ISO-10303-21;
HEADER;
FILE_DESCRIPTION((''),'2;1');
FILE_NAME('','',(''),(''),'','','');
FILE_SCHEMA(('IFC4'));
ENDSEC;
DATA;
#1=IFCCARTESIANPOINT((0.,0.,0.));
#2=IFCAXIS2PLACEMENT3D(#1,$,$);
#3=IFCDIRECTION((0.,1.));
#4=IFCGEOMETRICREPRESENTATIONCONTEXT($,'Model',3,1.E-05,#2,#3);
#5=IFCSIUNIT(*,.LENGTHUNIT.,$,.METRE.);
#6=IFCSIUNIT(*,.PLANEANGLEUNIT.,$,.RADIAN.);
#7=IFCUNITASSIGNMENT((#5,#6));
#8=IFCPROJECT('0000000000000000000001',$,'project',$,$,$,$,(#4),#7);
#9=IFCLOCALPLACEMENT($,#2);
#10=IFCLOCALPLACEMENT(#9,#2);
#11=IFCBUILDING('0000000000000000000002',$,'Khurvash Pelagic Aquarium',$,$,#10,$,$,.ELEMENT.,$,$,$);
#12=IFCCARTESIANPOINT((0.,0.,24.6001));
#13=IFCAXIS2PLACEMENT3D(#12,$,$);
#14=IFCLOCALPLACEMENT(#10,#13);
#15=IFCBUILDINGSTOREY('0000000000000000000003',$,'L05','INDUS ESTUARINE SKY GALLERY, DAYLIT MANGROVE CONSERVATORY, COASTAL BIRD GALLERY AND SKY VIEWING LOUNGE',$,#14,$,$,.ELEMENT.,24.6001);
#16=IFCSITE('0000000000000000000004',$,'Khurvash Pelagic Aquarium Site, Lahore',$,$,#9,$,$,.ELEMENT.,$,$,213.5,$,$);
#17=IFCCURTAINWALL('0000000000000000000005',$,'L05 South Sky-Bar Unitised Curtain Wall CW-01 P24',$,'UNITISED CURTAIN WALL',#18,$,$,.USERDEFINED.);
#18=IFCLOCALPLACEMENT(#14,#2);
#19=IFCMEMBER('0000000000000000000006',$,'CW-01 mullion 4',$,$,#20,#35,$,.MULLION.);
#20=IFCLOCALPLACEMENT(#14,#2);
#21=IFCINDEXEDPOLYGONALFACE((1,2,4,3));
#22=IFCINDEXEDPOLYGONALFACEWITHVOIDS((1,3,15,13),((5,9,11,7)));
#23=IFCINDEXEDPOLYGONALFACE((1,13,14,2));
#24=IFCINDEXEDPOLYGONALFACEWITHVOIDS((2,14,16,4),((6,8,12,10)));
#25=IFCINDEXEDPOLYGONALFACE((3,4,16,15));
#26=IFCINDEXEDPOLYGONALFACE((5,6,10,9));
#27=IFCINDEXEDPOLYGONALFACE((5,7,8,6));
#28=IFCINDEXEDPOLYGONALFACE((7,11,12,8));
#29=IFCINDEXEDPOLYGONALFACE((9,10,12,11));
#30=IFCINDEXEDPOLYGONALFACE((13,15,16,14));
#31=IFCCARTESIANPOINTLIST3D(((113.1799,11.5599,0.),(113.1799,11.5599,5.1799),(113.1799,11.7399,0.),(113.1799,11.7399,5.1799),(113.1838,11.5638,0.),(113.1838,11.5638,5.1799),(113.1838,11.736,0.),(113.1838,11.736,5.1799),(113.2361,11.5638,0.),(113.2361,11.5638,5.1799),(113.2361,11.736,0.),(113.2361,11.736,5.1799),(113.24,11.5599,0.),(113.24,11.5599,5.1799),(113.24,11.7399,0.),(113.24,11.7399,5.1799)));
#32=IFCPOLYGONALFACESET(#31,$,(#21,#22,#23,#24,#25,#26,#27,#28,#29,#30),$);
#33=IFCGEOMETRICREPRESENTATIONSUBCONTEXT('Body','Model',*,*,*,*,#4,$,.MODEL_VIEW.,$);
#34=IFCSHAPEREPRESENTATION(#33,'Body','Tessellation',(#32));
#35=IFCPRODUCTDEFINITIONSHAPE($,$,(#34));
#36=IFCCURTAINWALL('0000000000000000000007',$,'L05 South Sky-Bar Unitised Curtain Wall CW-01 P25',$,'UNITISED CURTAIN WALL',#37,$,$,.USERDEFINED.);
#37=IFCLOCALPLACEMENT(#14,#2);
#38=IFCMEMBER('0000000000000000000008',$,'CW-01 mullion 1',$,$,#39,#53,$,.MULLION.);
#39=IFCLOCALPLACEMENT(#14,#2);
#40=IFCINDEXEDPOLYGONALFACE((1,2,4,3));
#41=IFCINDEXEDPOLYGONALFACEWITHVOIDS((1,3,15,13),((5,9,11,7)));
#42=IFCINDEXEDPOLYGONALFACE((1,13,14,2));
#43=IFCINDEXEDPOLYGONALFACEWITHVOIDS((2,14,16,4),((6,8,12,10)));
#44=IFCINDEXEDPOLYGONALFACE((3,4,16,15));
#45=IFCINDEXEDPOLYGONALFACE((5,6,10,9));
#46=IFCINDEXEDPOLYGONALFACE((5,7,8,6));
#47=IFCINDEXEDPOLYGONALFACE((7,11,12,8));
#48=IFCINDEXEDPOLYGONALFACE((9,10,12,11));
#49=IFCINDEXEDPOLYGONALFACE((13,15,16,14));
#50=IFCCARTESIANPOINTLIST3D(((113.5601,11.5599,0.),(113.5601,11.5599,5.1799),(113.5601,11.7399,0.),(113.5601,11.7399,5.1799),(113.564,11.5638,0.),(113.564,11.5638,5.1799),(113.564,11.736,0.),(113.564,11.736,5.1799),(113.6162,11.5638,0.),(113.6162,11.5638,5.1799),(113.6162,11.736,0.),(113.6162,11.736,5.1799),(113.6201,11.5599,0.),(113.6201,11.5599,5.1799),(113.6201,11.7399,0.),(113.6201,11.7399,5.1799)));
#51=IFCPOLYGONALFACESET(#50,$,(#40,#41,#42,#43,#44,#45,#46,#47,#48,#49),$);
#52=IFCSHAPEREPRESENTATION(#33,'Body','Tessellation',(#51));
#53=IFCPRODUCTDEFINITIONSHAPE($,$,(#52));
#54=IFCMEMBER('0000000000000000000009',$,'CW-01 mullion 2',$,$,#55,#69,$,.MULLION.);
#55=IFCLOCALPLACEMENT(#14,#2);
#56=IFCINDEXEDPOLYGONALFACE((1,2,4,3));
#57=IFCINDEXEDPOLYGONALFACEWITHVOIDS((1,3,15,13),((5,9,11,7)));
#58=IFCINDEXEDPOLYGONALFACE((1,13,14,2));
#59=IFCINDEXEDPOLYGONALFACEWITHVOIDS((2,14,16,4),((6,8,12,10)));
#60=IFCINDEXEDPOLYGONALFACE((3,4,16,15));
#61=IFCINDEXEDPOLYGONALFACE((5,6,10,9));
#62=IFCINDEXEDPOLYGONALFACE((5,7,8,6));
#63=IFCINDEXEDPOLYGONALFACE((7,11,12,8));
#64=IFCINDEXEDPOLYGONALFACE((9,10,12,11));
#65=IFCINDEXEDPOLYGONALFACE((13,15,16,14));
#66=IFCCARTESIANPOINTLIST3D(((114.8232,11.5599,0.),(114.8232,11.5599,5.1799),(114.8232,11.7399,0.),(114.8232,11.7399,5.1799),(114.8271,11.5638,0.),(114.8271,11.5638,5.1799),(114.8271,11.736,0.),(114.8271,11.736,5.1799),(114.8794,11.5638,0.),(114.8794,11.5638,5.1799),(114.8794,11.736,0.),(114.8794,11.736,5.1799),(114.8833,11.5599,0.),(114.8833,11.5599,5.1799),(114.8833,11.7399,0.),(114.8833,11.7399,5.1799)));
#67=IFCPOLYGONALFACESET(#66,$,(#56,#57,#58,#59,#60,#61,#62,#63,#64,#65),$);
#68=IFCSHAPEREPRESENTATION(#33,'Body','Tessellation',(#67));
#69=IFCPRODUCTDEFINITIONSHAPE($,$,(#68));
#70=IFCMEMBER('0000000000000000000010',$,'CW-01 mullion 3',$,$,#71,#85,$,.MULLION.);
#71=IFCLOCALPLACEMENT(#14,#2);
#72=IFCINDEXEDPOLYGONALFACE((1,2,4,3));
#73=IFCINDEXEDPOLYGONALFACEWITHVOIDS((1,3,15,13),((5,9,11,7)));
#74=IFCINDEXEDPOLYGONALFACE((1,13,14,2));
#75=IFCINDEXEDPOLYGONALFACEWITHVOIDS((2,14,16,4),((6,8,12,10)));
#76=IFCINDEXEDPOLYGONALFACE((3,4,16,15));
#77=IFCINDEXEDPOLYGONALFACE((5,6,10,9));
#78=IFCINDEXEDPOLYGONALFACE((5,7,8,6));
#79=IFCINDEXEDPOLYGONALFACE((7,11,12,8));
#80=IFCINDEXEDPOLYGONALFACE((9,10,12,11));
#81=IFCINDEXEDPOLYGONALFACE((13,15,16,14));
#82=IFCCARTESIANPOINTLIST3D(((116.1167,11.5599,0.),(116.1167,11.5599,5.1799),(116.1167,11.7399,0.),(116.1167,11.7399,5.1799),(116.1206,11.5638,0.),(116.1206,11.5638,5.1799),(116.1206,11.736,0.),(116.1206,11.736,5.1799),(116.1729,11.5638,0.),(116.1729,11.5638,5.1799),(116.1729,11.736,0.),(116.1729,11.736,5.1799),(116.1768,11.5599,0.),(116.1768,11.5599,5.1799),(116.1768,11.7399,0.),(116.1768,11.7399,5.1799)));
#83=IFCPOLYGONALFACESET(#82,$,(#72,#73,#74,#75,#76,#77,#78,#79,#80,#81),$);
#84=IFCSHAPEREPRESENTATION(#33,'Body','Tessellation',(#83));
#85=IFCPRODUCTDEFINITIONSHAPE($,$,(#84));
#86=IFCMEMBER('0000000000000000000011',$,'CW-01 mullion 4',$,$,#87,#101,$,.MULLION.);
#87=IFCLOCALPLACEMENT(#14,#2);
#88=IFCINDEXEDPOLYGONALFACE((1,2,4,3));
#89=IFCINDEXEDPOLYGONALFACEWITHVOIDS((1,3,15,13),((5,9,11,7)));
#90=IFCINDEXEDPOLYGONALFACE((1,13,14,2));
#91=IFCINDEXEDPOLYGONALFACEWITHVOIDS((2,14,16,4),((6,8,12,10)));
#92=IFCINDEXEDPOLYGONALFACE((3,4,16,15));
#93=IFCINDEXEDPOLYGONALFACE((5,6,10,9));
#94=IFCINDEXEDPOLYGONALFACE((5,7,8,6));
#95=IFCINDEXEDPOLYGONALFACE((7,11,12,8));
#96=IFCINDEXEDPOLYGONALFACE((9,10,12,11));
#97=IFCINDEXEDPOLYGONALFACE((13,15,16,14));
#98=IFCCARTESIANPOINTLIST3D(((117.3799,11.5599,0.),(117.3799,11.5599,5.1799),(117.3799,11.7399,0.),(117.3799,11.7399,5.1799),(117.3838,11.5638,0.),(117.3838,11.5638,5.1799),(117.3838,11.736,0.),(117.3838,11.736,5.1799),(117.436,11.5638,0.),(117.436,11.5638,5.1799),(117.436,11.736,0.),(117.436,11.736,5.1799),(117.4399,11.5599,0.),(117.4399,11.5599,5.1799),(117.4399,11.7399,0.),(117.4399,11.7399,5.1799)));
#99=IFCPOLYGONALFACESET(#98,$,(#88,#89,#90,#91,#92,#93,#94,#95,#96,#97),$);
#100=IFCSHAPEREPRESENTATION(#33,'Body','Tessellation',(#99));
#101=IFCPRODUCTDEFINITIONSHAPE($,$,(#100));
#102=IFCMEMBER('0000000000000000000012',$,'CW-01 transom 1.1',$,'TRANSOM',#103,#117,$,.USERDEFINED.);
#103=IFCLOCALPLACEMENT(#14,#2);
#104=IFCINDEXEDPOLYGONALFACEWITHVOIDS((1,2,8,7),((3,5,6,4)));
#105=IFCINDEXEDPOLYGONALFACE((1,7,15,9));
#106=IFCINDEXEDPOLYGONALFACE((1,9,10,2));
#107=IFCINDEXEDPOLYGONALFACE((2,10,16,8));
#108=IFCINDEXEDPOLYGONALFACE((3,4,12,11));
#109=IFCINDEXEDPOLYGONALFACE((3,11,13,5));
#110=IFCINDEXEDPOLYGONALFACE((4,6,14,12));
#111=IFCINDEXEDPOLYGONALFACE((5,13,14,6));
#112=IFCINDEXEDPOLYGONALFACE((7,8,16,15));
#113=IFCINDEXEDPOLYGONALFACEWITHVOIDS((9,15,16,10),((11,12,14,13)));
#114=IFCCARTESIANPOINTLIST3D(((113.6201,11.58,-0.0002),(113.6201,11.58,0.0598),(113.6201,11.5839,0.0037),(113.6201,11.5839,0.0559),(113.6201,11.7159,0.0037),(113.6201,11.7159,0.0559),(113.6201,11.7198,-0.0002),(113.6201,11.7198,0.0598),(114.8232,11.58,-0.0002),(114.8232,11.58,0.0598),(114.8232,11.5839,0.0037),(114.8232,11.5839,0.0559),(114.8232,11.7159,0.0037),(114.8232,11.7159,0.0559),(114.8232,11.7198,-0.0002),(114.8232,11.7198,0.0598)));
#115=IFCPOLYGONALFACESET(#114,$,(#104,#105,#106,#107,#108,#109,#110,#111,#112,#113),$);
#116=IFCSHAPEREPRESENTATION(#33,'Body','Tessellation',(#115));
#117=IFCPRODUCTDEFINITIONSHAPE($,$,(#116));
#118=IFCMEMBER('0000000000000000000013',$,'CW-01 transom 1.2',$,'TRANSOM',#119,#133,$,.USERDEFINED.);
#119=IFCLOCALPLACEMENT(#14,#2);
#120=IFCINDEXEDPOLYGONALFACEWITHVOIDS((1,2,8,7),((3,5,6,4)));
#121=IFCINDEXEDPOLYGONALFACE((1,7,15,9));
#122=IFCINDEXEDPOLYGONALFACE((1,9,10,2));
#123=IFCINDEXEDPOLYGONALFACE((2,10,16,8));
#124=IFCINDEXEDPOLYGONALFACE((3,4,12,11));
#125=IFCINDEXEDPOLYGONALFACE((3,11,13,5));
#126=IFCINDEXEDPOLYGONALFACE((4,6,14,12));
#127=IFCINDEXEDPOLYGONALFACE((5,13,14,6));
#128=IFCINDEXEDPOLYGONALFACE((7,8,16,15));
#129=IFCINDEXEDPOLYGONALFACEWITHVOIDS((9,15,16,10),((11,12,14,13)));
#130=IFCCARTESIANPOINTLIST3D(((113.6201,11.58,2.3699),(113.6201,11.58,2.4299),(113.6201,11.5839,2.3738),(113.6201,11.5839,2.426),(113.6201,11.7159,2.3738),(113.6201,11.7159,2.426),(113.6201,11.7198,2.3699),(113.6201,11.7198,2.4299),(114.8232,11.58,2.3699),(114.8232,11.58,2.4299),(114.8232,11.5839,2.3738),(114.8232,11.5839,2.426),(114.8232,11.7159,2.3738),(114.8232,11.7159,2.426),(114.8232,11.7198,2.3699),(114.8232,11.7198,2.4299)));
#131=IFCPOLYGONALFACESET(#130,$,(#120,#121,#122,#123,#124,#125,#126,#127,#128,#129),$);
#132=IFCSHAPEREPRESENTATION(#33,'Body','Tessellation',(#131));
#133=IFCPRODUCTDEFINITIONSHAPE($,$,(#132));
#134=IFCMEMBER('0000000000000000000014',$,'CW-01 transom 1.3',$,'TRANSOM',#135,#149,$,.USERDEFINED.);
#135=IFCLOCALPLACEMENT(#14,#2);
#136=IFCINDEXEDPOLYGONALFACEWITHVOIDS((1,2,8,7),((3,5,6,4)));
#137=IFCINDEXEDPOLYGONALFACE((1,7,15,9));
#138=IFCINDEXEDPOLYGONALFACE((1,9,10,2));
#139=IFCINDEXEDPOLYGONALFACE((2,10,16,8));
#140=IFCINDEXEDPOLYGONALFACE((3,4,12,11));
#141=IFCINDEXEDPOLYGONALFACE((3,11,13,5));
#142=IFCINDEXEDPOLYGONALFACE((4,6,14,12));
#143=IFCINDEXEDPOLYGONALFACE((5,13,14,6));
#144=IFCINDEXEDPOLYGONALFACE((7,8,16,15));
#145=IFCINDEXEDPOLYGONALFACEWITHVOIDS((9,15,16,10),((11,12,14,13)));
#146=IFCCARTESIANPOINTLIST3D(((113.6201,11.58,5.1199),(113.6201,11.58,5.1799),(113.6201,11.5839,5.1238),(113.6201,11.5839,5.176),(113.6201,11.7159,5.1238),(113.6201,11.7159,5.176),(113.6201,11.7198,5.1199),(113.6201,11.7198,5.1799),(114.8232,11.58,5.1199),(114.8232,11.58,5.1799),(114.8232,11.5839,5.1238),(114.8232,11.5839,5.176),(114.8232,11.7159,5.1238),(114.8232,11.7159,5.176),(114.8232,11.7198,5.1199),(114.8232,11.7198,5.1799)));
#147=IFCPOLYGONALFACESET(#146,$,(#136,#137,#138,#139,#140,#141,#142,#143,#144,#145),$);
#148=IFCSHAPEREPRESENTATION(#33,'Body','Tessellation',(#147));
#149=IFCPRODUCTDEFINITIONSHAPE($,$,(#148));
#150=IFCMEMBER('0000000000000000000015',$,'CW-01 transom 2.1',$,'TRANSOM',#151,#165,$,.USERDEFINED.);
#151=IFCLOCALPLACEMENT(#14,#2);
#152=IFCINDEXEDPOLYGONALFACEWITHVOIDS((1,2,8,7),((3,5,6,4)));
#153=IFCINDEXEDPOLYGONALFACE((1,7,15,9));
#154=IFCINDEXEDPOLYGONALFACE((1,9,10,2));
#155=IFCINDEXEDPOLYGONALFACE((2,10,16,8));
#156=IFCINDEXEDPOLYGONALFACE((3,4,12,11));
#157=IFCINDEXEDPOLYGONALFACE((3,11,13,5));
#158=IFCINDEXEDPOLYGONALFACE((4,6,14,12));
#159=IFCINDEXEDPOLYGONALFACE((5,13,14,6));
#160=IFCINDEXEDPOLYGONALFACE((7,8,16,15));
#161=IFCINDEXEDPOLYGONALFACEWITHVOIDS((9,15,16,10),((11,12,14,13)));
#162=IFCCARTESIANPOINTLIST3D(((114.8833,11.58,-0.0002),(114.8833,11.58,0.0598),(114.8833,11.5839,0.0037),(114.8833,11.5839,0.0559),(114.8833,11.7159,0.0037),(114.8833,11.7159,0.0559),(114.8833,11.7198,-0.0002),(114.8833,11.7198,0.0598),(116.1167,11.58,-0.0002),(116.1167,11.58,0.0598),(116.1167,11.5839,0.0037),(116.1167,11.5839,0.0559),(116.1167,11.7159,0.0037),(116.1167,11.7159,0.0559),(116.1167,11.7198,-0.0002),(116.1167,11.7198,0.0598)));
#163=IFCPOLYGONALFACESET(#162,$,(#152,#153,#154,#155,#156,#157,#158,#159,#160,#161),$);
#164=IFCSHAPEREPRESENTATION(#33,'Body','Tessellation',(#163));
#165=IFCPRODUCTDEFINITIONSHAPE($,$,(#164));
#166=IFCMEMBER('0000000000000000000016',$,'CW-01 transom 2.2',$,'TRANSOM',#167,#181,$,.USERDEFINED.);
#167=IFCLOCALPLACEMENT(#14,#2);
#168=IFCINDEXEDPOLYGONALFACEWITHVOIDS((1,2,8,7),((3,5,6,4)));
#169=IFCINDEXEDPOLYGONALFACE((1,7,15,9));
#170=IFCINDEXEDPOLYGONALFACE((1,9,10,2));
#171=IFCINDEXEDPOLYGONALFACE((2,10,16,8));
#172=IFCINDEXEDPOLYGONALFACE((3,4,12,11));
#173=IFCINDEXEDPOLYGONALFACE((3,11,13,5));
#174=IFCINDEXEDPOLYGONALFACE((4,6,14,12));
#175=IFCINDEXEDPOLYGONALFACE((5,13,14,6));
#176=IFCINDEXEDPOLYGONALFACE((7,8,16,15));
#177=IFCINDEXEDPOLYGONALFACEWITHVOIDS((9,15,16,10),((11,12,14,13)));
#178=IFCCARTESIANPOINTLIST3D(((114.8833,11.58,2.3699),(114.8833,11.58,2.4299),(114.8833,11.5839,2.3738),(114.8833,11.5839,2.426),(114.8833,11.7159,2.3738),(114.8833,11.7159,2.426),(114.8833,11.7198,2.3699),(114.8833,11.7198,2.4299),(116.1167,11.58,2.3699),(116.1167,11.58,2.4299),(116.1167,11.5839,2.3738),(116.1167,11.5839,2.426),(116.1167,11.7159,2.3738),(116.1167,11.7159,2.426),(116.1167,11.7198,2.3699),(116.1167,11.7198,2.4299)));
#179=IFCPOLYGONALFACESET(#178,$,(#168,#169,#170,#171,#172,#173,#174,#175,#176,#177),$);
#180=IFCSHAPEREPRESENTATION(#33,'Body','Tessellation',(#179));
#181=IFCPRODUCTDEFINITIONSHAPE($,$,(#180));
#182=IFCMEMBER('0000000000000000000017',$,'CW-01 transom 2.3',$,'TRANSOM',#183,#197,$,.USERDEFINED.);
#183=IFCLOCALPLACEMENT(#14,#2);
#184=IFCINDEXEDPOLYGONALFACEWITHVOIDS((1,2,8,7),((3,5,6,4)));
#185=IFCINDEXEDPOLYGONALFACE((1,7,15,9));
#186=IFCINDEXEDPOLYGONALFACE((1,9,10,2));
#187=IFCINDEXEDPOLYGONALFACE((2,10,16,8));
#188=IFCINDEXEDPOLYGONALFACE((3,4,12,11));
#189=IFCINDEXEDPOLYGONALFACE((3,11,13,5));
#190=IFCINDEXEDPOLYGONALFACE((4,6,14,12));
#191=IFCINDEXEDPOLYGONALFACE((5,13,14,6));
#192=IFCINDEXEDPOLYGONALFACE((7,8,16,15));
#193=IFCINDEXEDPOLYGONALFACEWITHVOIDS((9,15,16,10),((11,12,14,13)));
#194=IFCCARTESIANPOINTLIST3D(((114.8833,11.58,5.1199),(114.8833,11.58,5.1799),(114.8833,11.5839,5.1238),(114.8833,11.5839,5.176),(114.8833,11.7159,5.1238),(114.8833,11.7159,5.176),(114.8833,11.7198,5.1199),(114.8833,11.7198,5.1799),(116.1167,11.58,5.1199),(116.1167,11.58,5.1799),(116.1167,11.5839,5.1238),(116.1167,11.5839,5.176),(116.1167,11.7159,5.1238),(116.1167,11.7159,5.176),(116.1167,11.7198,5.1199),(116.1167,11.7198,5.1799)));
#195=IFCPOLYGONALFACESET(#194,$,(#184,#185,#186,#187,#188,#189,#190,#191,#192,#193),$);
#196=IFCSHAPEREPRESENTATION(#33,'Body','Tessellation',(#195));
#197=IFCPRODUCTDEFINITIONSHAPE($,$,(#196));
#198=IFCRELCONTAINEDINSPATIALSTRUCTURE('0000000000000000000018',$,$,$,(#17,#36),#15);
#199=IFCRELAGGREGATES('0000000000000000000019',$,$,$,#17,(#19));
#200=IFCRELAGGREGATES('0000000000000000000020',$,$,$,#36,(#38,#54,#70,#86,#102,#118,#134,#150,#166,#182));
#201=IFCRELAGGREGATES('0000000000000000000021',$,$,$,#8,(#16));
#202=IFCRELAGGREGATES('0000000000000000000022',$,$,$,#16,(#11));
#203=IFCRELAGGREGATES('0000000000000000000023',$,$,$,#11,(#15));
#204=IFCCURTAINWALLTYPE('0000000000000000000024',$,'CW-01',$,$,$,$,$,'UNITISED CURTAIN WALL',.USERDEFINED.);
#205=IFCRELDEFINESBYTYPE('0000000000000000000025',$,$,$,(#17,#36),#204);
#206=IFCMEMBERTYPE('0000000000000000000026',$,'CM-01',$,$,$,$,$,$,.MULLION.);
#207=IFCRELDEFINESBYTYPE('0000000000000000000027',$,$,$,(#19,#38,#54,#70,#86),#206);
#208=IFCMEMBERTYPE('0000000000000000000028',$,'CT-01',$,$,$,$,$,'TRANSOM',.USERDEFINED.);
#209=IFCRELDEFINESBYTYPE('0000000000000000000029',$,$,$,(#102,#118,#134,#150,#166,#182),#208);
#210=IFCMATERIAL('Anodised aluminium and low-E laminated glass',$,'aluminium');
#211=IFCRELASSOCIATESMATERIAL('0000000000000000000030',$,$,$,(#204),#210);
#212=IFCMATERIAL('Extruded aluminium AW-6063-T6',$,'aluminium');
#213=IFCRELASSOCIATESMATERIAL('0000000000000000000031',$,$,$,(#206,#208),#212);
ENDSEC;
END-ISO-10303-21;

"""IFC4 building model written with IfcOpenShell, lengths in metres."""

from ifc_helpers import new_model, si_unit, direction, frame, origin, origin_2d, place, context, subcontext, project, spatial, hollow_rectangle, extrude, material, material_profile, profile_set, type_object, element, aggregate, save


model = new_model("IFC4")

# Units and contexts
model_context = context("Model", 3, precision=1e-05, world=origin(), true_north=direction((0.0, 1.0)))
body_context = subcontext(model_context, "Body", "Model", "MODEL_VIEW")
ifc_project = project(units=[si_unit("LENGTHUNIT", "METRE"), si_unit("PLANEANGLEUNIT", "RADIAN")], contexts=[model_context])

# Site, building, storey
site_placement = place(None, origin())
site = spatial("IfcSite", under=ifc_project, at=site_placement, Name="Khurvash Pelagic Aquarium Site, Lahore", CompositionType="ELEMENT", RefElevation=213.5)
building_placement = place(site_placement, origin())
building = spatial("IfcBuilding", under=site, at=building_placement, Name="Khurvash Pelagic Aquarium", CompositionType="ELEMENT")
storey_placement = place(building_placement, frame((0.0, 0.0, 24.6001)))
storey = spatial("IfcBuildingStorey", under=building, at=storey_placement, Name="L05", Description="INDUS ESTUARINE SKY GALLERY, DAYLIT MANGROVE CONSERVATORY, COASTAL BIRD GALLERY AND SKY VIEWING LOUNGE", CompositionType="ELEMENT", Elevation=24.6001)

# Curtain wall, member
ifc_material_1 = material(Name="Anodised aluminium and low-E laminated glass", Category="aluminium")
curtain_wall_type = type_object("IfcCurtainWallType", Name="CW-01", ElementType="UNITISED CURTAIN WALL", PredefinedType="USERDEFINED", material=ifc_material_1)
curtain_wall_1_placement = place(storey_placement, origin())
curtain_wall_1 = element("IfcCurtainWall", 1, at=curtain_wall_1_placement, inside=storey, type_object=curtain_wall_type, Name="L05 South Sky-Bar Unitised Curtain Wall CW-01 P24", ObjectType="UNITISED CURTAIN WALL", PredefinedType="USERDEFINED")
ifc_material_2 = material(Name="Extruded aluminium AW-6063-T6", Category="aluminium")
ifc_material_profile_1 = material_profile(ifc_material_2, hollow_rectangle(XDim=0.0601, YDim=0.1799, WallThickness=0.0039, at=origin_2d()), Name="CWM60X180X4")
ifc_profile_set_1 = profile_set([ifc_material_profile_1], Name="Extruded aluminium AW-6063-T6")
member_type_1 = type_object("IfcMemberType", Name="CM-01", PredefinedType="MULLION", material=ifc_profile_set_1)
member_1_placement = place(storey_placement, frame((113.21, 11.6499, 0.0), z_axis=(0.0, 0.0, 1.0), x_axis=(1.0, 0.0, 0.0)))
member_1 = element("IfcMember", 2, at=member_1_placement, type_object=member_type_1, Name="CW-01 mullion 4", PredefinedType="MULLION", context=body_context, shape_type="SweptSolid", body=[
    extrude(hollow_rectangle(XDim=0.0601, YDim=0.1799, WallThickness=0.0039, at=origin_2d()), origin(), (0.0, 0.0, 1.0), 5.1799),
])

# Curtain wall, members
curtain_wall_2_placement = place(storey_placement, origin())
curtain_wall_2 = element("IfcCurtainWall", 3, at=curtain_wall_2_placement, inside=storey, type_object=curtain_wall_type, Name="L05 South Sky-Bar Unitised Curtain Wall CW-01 P25", ObjectType="UNITISED CURTAIN WALL", PredefinedType="USERDEFINED")
member_2_placement = place(storey_placement, frame((113.5901, 11.6499, 0.0), z_axis=(0.0, 0.0, 1.0), x_axis=(1.0, 0.0, 0.0)))
member_2 = element("IfcMember", 4, at=member_2_placement, type_object=member_type_1, Name="CW-01 mullion 1", PredefinedType="MULLION", context=body_context, shape_type="SweptSolid", body=[
    extrude(hollow_rectangle(XDim=0.0601, YDim=0.1799, WallThickness=0.0039, at=origin_2d()), origin(), (0.0, 0.0, 1.0), 5.1799),
])
member_3_placement = place(storey_placement, frame((114.8533, 11.6499, 0.0), z_axis=(0.0, 0.0, 1.0), x_axis=(1.0, 0.0, 0.0)))
member_3 = element("IfcMember", 5, at=member_3_placement, type_object=member_type_1, Name="CW-01 mullion 2", PredefinedType="MULLION", context=body_context, shape_type="SweptSolid", body=[
    extrude(hollow_rectangle(XDim=0.0601, YDim=0.1799, WallThickness=0.0039, at=origin_2d()), origin(), (0.0, 0.0, 1.0), 5.1799),
])
member_4_placement = place(storey_placement, frame((116.1467, 11.6499, 0.0), z_axis=(0.0, 0.0, 1.0), x_axis=(1.0, 0.0, 0.0)))
member_4 = element("IfcMember", 6, at=member_4_placement, type_object=member_type_1, Name="CW-01 mullion 3", PredefinedType="MULLION", context=body_context, shape_type="SweptSolid", body=[
    extrude(hollow_rectangle(XDim=0.0601, YDim=0.1799, WallThickness=0.0039, at=origin_2d()), origin(), (0.0, 0.0, 1.0), 5.1799),
])
member_5_placement = place(storey_placement, frame((117.4099, 11.6499, 0.0), z_axis=(0.0, 0.0, 1.0), x_axis=(1.0, 0.0, 0.0)))
member_5 = element("IfcMember", 7, at=member_5_placement, type_object=member_type_1, Name="CW-01 mullion 4", PredefinedType="MULLION", context=body_context, shape_type="SweptSolid", body=[
    extrude(hollow_rectangle(XDim=0.0601, YDim=0.1799, WallThickness=0.0039, at=origin_2d()), origin(), (0.0, 0.0, 1.0), 5.1799),
])
ifc_material_profile_2 = material_profile(ifc_material_2, hollow_rectangle(XDim=0.1399, YDim=0.0601, WallThickness=0.0039, at=origin_2d()), Name="CWT140X60X4")
ifc_profile_set_2 = profile_set([ifc_material_profile_2], Name="Extruded aluminium AW-6063-T6")
member_type_2 = type_object("IfcMemberType", Name="CT-01", ElementType="TRANSOM", PredefinedType="USERDEFINED", material=ifc_profile_set_2)
member_6_placement = place(storey_placement, frame((113.6201, 11.6499, 0.0298), z_axis=(1.0, 0.0, 0.0), x_axis=(0.0, 1.0, 0.0)))
member_6 = element("IfcMember", 8, at=member_6_placement, type_object=member_type_2, Name="CW-01 transom 1.1", ObjectType="TRANSOM", PredefinedType="USERDEFINED", context=body_context, shape_type="SweptSolid", body=[
    extrude(hollow_rectangle(XDim=0.1399, YDim=0.0601, WallThickness=0.0039, at=origin_2d()), origin(), (0.0, 0.0, 1.0), 1.2031),
])
member_7_placement = place(storey_placement, frame((113.6201, 11.6499, 2.3999), z_axis=(1.0, 0.0, 0.0), x_axis=(0.0, 1.0, 0.0)))
member_7 = element("IfcMember", 9, at=member_7_placement, type_object=member_type_2, Name="CW-01 transom 1.2", ObjectType="TRANSOM", PredefinedType="USERDEFINED", context=body_context, shape_type="SweptSolid", body=[
    extrude(hollow_rectangle(XDim=0.1399, YDim=0.0601, WallThickness=0.0039, at=origin_2d()), origin(), (0.0, 0.0, 1.0), 1.2031),
])
member_8_placement = place(storey_placement, frame((113.6201, 11.6499, 5.1499), z_axis=(1.0, 0.0, 0.0), x_axis=(0.0, 1.0, 0.0)))
member_8 = element("IfcMember", 10, at=member_8_placement, type_object=member_type_2, Name="CW-01 transom 1.3", ObjectType="TRANSOM", PredefinedType="USERDEFINED", context=body_context, shape_type="SweptSolid", body=[
    extrude(hollow_rectangle(XDim=0.1399, YDim=0.0601, WallThickness=0.0039, at=origin_2d()), origin(), (0.0, 0.0, 1.0), 1.2031),
])
member_9_placement = place(storey_placement, frame((114.8833, 11.6499, 0.0298), z_axis=(1.0, 0.0, 0.0), x_axis=(0.0, 1.0, 0.0)))
member_9 = element("IfcMember", 11, at=member_9_placement, type_object=member_type_2, Name="CW-01 transom 2.1", ObjectType="TRANSOM", PredefinedType="USERDEFINED", context=body_context, shape_type="SweptSolid", body=[
    extrude(hollow_rectangle(XDim=0.1399, YDim=0.0601, WallThickness=0.0039, at=origin_2d()), origin(), (0.0, 0.0, 1.0), 1.2334),
])
member_10_placement = place(storey_placement, frame((114.8833, 11.6499, 2.3999), z_axis=(1.0, 0.0, 0.0), x_axis=(0.0, 1.0, 0.0)))
member_10 = element("IfcMember", 12, at=member_10_placement, type_object=member_type_2, Name="CW-01 transom 2.2", ObjectType="TRANSOM", PredefinedType="USERDEFINED", context=body_context, shape_type="SweptSolid", body=[
    extrude(hollow_rectangle(XDim=0.1399, YDim=0.0601, WallThickness=0.0039, at=origin_2d()), origin(), (0.0, 0.0, 1.0), 1.2334),
])
member_11_placement = place(storey_placement, frame((114.8833, 11.6499, 5.1499), z_axis=(1.0, 0.0, 0.0), x_axis=(0.0, 1.0, 0.0)))
member_11 = element("IfcMember", 13, at=member_11_placement, type_object=member_type_2, Name="CW-01 transom 2.3", ObjectType="TRANSOM", PredefinedType="USERDEFINED", context=body_context, shape_type="SweptSolid", body=[
    extrude(hollow_rectangle(XDim=0.1399, YDim=0.0601, WallThickness=0.0039, at=origin_2d()), origin(), (0.0, 0.0, 1.0), 1.2334),
])

aggregate(curtain_wall_1, [member_1])
aggregate(curtain_wall_2, [member_2, member_3, member_4, member_5, member_6, member_7, member_8, member_9, member_10, member_11])

save(model, "model.ifc")
